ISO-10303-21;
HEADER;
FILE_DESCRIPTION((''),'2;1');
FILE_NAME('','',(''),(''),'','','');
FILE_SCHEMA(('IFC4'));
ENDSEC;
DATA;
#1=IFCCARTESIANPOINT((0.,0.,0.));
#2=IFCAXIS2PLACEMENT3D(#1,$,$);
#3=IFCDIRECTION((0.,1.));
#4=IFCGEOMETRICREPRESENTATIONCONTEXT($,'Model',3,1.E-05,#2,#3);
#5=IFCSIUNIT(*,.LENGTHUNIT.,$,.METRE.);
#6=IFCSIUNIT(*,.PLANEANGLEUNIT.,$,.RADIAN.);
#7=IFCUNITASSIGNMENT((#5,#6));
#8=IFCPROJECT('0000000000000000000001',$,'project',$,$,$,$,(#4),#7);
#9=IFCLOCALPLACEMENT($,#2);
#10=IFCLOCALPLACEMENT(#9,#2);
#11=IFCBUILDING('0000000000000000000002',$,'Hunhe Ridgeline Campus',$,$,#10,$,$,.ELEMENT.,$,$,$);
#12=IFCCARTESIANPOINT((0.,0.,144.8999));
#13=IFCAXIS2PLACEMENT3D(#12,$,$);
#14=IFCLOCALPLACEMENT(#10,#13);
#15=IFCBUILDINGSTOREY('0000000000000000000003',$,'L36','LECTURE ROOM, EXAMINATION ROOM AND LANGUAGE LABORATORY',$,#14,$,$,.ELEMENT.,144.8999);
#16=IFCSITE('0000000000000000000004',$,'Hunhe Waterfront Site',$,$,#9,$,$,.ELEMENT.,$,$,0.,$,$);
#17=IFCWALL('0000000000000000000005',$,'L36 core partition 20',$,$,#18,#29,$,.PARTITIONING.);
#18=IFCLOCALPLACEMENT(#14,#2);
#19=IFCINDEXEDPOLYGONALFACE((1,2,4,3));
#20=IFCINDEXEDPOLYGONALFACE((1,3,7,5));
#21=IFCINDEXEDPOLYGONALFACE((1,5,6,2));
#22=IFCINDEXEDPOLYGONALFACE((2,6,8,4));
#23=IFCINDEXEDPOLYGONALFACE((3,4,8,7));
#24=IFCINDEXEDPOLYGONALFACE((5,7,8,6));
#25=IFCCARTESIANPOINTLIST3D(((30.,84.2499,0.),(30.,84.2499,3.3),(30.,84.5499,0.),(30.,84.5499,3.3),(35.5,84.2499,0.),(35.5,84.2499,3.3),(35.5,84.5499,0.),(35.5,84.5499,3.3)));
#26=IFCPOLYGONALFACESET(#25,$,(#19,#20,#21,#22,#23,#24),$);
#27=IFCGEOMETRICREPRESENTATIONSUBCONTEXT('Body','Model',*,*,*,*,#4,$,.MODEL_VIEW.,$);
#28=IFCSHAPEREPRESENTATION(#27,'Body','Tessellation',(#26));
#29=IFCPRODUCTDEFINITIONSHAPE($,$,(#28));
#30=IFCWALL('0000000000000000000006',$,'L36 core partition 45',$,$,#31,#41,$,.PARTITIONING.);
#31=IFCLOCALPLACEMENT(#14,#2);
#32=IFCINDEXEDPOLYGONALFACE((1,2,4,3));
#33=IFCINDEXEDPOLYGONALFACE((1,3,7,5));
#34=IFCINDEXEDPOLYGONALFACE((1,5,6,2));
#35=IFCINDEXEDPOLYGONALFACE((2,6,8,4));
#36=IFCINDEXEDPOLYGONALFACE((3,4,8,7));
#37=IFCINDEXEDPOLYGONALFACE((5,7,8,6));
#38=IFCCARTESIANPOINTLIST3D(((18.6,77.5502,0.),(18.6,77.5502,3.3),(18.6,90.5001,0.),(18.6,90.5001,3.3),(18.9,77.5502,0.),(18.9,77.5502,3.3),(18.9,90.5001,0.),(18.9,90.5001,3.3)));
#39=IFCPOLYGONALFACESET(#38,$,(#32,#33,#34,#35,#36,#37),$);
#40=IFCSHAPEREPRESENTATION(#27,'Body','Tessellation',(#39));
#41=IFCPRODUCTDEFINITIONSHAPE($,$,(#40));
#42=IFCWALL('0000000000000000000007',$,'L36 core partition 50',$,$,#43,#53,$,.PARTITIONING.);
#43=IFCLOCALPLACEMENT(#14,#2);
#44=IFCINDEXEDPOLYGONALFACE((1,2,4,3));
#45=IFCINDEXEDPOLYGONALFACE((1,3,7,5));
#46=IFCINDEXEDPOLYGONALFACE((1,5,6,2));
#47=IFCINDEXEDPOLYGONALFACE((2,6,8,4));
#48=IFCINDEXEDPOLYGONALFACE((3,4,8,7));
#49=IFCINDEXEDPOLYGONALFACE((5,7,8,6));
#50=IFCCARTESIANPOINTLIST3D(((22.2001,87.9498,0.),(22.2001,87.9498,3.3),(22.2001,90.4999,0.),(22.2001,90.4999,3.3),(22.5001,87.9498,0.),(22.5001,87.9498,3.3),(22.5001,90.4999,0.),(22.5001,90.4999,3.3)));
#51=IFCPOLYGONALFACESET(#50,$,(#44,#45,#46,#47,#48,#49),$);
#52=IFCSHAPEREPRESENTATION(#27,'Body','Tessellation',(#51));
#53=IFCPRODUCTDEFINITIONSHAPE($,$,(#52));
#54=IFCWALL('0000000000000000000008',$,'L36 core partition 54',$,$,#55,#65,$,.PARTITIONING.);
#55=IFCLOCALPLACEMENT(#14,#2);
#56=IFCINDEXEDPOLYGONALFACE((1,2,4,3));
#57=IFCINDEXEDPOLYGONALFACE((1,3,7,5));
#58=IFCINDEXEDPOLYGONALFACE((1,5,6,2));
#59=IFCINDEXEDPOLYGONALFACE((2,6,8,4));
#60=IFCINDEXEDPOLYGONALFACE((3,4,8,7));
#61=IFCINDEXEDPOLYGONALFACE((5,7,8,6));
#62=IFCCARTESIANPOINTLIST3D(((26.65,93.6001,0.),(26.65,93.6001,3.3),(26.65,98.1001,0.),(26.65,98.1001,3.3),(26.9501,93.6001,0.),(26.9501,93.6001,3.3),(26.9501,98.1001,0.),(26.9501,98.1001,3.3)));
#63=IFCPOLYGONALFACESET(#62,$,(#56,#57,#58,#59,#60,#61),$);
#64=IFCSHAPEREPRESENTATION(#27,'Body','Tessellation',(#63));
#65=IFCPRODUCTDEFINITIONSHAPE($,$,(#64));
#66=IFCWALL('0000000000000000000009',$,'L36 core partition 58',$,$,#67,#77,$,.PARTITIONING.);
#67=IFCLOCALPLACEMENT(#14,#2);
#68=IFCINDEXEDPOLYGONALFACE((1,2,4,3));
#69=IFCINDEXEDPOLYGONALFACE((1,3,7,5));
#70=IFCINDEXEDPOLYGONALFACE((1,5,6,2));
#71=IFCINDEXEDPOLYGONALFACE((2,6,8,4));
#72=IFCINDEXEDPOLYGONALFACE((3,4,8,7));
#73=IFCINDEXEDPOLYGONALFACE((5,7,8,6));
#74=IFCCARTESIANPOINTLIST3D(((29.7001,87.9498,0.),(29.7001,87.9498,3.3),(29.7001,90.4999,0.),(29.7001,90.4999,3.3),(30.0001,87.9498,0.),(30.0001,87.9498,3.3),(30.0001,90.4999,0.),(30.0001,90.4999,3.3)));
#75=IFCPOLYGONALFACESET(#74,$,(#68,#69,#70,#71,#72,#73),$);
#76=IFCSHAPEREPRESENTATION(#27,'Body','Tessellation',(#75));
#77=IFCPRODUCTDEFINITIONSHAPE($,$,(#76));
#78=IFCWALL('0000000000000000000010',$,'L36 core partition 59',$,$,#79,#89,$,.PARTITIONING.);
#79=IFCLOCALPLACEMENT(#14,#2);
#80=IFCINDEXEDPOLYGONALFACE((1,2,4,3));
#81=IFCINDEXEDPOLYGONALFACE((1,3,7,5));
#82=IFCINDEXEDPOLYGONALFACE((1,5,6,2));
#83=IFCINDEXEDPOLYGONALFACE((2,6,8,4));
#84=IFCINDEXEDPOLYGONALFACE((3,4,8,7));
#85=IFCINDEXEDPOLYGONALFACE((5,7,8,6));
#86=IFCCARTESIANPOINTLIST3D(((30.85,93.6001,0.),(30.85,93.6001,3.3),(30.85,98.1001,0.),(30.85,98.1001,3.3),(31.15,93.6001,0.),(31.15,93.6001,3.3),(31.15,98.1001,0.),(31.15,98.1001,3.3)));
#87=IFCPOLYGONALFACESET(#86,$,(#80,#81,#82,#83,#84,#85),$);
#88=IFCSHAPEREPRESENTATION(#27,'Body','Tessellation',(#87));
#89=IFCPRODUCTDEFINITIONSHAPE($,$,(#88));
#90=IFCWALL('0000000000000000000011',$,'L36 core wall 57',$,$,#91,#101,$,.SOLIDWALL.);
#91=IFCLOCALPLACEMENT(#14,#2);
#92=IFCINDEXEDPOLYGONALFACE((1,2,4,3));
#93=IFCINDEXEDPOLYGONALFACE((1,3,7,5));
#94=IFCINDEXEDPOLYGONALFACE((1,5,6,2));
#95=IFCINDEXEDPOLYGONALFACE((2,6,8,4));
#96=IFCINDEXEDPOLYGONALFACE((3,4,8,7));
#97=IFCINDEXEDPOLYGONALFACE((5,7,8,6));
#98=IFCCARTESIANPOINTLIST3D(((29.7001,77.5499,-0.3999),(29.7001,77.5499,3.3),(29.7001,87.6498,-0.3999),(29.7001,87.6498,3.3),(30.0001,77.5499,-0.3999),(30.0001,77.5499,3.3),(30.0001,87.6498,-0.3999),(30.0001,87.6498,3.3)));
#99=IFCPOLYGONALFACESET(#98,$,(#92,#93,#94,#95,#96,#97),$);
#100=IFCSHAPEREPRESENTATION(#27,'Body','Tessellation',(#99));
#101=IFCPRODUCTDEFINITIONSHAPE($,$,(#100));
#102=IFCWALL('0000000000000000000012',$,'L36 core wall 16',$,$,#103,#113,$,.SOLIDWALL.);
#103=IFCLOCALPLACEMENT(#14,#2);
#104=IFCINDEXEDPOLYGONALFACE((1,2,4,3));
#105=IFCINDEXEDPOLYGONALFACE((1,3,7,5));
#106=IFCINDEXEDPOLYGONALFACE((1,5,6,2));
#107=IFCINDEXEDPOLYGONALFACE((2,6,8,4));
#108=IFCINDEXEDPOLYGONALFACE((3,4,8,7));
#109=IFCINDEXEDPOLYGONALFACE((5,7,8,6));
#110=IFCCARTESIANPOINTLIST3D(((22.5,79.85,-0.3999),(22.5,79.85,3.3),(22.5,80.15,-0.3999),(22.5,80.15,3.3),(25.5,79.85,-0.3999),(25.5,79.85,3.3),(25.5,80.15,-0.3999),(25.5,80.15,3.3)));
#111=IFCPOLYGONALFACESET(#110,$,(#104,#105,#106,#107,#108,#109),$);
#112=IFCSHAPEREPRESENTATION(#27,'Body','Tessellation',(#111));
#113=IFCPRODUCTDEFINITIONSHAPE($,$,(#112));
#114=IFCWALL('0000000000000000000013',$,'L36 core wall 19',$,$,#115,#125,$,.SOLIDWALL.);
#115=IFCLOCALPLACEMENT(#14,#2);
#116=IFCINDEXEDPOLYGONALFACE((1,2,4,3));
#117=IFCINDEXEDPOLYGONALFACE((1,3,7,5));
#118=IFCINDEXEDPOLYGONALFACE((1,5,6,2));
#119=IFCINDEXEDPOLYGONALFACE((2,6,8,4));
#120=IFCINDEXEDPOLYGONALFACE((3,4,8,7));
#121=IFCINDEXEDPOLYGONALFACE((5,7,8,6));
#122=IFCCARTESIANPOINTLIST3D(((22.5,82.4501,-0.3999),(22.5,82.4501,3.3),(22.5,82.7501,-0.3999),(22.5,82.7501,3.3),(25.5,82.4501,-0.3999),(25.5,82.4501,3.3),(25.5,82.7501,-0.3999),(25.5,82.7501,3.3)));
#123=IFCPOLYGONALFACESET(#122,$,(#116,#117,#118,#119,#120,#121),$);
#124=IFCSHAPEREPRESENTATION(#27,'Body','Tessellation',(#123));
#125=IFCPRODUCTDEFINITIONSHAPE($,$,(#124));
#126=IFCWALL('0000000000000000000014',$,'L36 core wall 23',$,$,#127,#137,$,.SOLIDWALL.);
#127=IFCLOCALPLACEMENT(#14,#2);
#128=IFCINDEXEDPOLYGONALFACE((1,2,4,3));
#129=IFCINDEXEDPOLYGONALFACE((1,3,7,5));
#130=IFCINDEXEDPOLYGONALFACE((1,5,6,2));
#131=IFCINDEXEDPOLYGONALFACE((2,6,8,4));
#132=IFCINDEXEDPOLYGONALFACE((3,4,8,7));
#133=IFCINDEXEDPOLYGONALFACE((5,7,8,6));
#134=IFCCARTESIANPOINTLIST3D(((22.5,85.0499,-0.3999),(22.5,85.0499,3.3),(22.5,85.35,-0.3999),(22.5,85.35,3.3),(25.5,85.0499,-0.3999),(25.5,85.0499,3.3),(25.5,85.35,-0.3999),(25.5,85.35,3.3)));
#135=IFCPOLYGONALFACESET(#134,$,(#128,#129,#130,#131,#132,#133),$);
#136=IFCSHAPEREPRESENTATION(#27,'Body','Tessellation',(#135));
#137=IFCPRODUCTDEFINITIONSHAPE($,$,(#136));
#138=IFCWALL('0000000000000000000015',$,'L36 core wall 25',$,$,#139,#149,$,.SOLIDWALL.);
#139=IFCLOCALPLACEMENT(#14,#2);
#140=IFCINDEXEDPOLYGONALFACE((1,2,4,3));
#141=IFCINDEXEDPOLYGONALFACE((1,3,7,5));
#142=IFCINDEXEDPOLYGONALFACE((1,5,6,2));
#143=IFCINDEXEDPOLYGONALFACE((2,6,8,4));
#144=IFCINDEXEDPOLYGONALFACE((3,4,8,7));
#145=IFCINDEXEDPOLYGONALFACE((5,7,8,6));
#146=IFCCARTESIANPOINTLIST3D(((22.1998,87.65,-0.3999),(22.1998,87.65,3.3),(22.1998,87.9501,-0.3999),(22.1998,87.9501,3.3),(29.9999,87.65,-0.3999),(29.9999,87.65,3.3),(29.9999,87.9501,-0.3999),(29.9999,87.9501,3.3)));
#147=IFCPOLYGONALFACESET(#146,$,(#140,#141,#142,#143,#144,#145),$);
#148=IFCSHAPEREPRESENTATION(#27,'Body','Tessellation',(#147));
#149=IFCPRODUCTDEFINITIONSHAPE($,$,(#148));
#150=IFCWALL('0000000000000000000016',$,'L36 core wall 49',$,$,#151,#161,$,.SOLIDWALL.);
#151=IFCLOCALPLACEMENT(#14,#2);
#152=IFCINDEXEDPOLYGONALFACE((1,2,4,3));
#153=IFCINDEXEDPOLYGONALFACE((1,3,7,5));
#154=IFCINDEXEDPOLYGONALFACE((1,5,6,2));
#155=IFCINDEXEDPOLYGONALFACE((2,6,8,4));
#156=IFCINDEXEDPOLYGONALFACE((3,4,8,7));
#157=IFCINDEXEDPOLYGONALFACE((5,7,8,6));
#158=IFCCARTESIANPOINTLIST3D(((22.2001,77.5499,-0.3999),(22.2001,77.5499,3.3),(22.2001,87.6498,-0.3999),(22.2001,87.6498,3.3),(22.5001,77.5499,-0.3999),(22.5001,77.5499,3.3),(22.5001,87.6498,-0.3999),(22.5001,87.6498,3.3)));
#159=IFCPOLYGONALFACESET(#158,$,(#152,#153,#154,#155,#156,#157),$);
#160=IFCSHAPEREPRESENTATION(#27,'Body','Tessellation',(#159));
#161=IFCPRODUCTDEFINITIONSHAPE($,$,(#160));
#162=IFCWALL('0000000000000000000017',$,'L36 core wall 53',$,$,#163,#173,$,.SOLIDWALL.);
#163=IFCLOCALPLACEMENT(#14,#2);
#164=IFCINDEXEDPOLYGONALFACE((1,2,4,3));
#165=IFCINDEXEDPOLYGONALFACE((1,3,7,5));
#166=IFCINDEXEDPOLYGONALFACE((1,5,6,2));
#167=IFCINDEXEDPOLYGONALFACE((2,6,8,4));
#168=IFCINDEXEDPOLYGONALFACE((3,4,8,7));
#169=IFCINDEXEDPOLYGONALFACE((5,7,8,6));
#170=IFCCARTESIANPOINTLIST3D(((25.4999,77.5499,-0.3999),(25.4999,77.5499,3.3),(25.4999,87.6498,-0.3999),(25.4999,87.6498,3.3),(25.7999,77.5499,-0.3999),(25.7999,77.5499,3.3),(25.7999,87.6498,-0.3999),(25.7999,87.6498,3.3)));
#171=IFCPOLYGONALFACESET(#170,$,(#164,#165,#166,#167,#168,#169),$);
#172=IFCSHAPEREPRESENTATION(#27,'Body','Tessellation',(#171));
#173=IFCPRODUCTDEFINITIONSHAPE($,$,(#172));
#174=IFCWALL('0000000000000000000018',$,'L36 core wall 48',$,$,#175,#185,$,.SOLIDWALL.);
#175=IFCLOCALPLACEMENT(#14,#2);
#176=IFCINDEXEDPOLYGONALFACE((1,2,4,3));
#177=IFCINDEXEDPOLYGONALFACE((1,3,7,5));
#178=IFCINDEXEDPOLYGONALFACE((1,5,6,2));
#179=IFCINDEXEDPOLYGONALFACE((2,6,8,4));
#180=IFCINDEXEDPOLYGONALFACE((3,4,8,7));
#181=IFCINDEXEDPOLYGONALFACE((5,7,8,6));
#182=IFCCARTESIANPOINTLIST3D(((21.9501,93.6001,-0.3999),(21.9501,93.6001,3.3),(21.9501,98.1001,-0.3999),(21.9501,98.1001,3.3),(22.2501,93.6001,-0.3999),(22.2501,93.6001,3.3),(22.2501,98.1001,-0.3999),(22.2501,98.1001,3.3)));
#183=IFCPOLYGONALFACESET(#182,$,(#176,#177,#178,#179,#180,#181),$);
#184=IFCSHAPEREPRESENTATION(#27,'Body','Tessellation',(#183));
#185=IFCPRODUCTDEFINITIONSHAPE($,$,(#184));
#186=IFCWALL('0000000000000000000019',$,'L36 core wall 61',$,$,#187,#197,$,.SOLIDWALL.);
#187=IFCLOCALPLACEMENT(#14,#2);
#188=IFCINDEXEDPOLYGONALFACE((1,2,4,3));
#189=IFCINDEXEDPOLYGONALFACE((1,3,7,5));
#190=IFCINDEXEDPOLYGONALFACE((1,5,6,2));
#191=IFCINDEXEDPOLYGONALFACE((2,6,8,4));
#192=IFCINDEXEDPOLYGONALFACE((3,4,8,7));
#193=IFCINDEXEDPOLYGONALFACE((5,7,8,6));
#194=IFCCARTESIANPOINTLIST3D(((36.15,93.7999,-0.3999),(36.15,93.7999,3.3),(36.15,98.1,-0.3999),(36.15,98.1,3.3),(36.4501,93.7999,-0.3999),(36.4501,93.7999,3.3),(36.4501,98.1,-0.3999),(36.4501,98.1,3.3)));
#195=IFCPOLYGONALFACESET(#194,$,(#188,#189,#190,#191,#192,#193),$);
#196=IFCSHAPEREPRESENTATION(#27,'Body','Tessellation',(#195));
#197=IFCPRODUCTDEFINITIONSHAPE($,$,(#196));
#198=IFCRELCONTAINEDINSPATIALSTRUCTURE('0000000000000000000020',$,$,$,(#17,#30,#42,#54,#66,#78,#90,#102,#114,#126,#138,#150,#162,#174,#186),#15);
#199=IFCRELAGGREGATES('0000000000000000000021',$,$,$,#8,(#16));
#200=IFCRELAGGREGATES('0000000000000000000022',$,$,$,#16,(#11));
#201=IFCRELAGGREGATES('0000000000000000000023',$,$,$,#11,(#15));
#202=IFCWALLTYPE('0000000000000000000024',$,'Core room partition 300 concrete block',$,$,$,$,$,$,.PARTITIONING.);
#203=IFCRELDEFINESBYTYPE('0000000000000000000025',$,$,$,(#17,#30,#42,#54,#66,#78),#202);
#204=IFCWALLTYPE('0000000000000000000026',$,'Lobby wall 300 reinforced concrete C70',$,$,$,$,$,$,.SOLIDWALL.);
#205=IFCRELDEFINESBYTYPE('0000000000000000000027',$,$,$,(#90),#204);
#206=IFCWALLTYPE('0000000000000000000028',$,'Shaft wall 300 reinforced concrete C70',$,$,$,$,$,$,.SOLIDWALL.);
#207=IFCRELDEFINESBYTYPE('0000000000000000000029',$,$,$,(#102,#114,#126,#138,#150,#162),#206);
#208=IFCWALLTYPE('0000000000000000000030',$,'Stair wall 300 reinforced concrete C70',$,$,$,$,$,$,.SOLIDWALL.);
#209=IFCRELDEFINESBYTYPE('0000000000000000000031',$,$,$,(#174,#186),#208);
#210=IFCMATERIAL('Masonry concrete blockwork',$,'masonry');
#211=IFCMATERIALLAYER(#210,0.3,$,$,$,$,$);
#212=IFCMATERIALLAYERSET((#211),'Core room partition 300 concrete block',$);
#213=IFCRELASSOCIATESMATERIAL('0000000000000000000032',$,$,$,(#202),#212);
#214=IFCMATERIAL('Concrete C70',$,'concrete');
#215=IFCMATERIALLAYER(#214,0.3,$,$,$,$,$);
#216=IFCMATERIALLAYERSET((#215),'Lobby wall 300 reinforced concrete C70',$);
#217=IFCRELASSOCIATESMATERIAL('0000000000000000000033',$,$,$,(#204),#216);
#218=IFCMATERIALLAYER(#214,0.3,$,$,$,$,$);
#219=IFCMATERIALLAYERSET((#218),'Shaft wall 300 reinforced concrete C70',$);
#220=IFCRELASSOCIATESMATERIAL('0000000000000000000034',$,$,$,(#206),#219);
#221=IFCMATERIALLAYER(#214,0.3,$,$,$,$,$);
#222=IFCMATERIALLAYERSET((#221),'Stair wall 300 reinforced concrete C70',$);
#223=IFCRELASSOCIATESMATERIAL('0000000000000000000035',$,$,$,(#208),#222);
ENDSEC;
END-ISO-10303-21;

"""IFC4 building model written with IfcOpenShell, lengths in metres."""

from ifc_helpers import new_model, si_unit, direction, frame, frame_2d, origin, place, context, subcontext, project, spatial, rectangle, extrude, material, layer, layer_set, type_object, element, save


model = new_model("IFC4")

# Units and contexts
model_context = context("Model", 3, precision=1e-05, world=origin(), true_north=direction((0.0, 1.0)))
body_context = subcontext(model_context, "Body", "Model", "MODEL_VIEW")
ifc_project = project(units=[si_unit("LENGTHUNIT", "METRE"), si_unit("PLANEANGLEUNIT", "RADIAN")], contexts=[model_context])

# Site, building, storey
site_placement = place(None, origin())
site = spatial("IfcSite", under=ifc_project, at=site_placement, Name="Hunhe Waterfront Site", CompositionType="ELEMENT", RefElevation=0.0)
building_placement = place(site_placement, origin())
building = spatial("IfcBuilding", under=site, at=building_placement, Name="Hunhe Ridgeline Campus", CompositionType="ELEMENT")
storey_placement = place(building_placement, frame((0.0, 0.0, 144.8999)))
storey = spatial("IfcBuildingStorey", under=building, at=storey_placement, Name="L36", Description="LECTURE ROOM, EXAMINATION ROOM AND LANGUAGE LABORATORY", CompositionType="ELEMENT", Elevation=144.8999)

# Shared definitions
ifc_material_1 = material(Name="Masonry concrete blockwork", Category="masonry")
ifc_layer_1 = layer(ifc_material_1, 0.3)
ifc_layer_set_1 = layer_set([ifc_layer_1], Name="Core room partition 300 concrete block")
wall_type_1 = type_object("IfcWallType", Name="Core room partition 300 concrete block", PredefinedType="PARTITIONING", material=ifc_layer_set_1)

# Walls
wall_1_placement = place(storey_placement, frame((30.0, 84.3999, 0.0), z_axis=(0.0, 0.0, 1.0), x_axis=(1.0, 0.0, 0.0)))
element("IfcWall", 1, at=wall_1_placement, inside=storey, type_object=wall_type_1, Name="L36 core partition 20", PredefinedType="PARTITIONING", context=body_context, shape_type="SweptSolid", body=[
    extrude(rectangle(XDim=5.5, YDim=0.3, at=frame_2d((2.75, 0.0))), origin(), (0.0, 0.0, 1.0), 3.3),
])
wall_2_placement = place(storey_placement, frame((18.75, 77.55, 0.0), z_axis=(0.0, 0.0, 1.0), x_axis=(0.0, 1.0, 0.0)))
element("IfcWall", 2, at=wall_2_placement, inside=storey, type_object=wall_type_1, Name="L36 core partition 45", PredefinedType="PARTITIONING", context=body_context, shape_type="SweptSolid", body=[
    extrude(rectangle(XDim=12.95, YDim=0.3, at=frame_2d((6.4751, 0.0))), origin(), (0.0, 0.0, 1.0), 3.3),
])
wall_3_placement = place(storey_placement, frame((22.3501, 87.95, 0.0), z_axis=(0.0, 0.0, 1.0), x_axis=(0.0, 1.0, 0.0)))
element("IfcWall", 3, at=wall_3_placement, inside=storey, type_object=wall_type_1, Name="L36 core partition 50", PredefinedType="PARTITIONING", context=body_context, shape_type="SweptSolid", body=[
    extrude(rectangle(XDim=2.55, YDim=0.3, at=frame_2d((1.2749, 0.0))), origin(), (0.0, 0.0, 1.0), 3.3),
])
wall_4_placement = place(storey_placement, frame((26.8, 93.6001, 0.0), z_axis=(0.0, 0.0, 1.0), x_axis=(0.0, 1.0, 0.0)))
element("IfcWall", 4, at=wall_4_placement, inside=storey, type_object=wall_type_1, Name="L36 core partition 54", PredefinedType="PARTITIONING", context=body_context, shape_type="SweptSolid", body=[
    extrude(rectangle(XDim=4.5, YDim=0.3, at=frame_2d((2.25, 0.0))), origin(), (0.0, 0.0, 1.0), 3.3),
])
wall_5_placement = place(storey_placement, frame((29.8501, 87.95, 0.0), z_axis=(0.0, 0.0, 1.0), x_axis=(0.0, 1.0, 0.0)))
element("IfcWall", 5, at=wall_5_placement, inside=storey, type_object=wall_type_1, Name="L36 core partition 58", PredefinedType="PARTITIONING", context=body_context, shape_type="SweptSolid", body=[
    extrude(rectangle(XDim=2.55, YDim=0.3, at=frame_2d((1.2749, 0.0))), origin(), (0.0, 0.0, 1.0), 3.3),
])
wall_6_placement = place(storey_placement, frame((31.0, 93.6001, 0.0), z_axis=(0.0, 0.0, 1.0), x_axis=(0.0, 1.0, 0.0)))
element("IfcWall", 6, at=wall_6_placement, inside=storey, type_object=wall_type_1, Name="L36 core partition 59", PredefinedType="PARTITIONING", context=body_context, shape_type="SweptSolid", body=[
    extrude(rectangle(XDim=4.5, YDim=0.3, at=frame_2d((2.25, 0.0))), origin(), (0.0, 0.0, 1.0), 3.3),
])

# Walls
ifc_material_2 = material(Name="Concrete C70", Category="concrete")
ifc_layer_2 = layer(ifc_material_2, 0.3)
ifc_layer_set_2 = layer_set([ifc_layer_2], Name="Lobby wall 300 reinforced concrete C70")
wall_type_2 = type_object("IfcWallType", Name="Lobby wall 300 reinforced concrete C70", PredefinedType="SOLIDWALL", material=ifc_layer_set_2)
wall_7_placement = place(storey_placement, frame((29.8501, 77.55, -0.3999), z_axis=(0.0, 0.0, 1.0), x_axis=(0.0, 1.0, 0.0)))
element("IfcWall", 7, at=wall_7_placement, inside=storey, type_object=wall_type_2, Name="L36 core wall 57", PredefinedType="SOLIDWALL", context=body_context, shape_type="SweptSolid", body=[
    extrude(rectangle(XDim=10.0999, YDim=0.3, at=frame_2d((5.0498, 0.0))), origin(), (0.0, 0.0, 1.0), 3.7),
])
ifc_layer_3 = layer(ifc_material_2, 0.3)
ifc_layer_set_3 = layer_set([ifc_layer_3], Name="Shaft wall 300 reinforced concrete C70")
wall_type_3 = type_object("IfcWallType", Name="Shaft wall 300 reinforced concrete C70", PredefinedType="SOLIDWALL", material=ifc_layer_set_3)
for number, where, z_axis, x_axis, name in (
    (8, (22.5, 80.0, -0.3999), (0.0, 0.0, 1.0), (1.0, 0.0, 0.0), "L36 core wall 16"),
    (9, (22.5, 82.6001, -0.3999), (0.0, 0.0, 1.0), (1.0, 0.0, 0.0), "L36 core wall 19"),
    (10, (22.5, 85.2, -0.3999), (0.0, 0.0, 1.0), (1.0, 0.0, 0.0), "L36 core wall 23"),
):
    element("IfcWall", number, at=place(storey_placement, frame(where, z_axis=z_axis, x_axis=x_axis)), inside=storey, type_object=wall_type_3, Name=name, PredefinedType="SOLIDWALL", context=body_context, shape_type="SweptSolid", body=[
        extrude(rectangle(XDim=3.0, YDim=0.3, at=frame_2d((1.5, 0.0))), origin(), (0.0, 0.0, 1.0), 3.7),
    ])
wall_8_placement = place(storey_placement, frame((22.2, 87.8, -0.3999), z_axis=(0.0, 0.0, 1.0), x_axis=(1.0, 0.0, 0.0)))
element("IfcWall", 11, at=wall_8_placement, inside=storey, type_object=wall_type_3, Name="L36 core wall 25", PredefinedType="SOLIDWALL", context=body_context, shape_type="SweptSolid", body=[
    extrude(rectangle(XDim=7.8, YDim=0.3, at=frame_2d((3.8999, 0.0))), origin(), (0.0, 0.0, 1.0), 3.7),
])
for number, where, z_axis, x_axis, name in (
    (12, (22.3501, 77.55, -0.3999), (0.0, 0.0, 1.0), (0.0, 1.0, 0.0), "L36 core wall 49"),
    (13, (25.6499, 77.55, -0.3999), (0.0, 0.0, 1.0), (0.0, 1.0, 0.0), "L36 core wall 53"),
):
    element("IfcWall", number, at=place(storey_placement, frame(where, z_axis=z_axis, x_axis=x_axis)), inside=storey, type_object=wall_type_3, Name=name, PredefinedType="SOLIDWALL", context=body_context, shape_type="SweptSolid", body=[
        extrude(rectangle(XDim=10.0999, YDim=0.3, at=frame_2d((5.0498, 0.0))), origin(), (0.0, 0.0, 1.0), 3.7),
    ])

# Shared definitions
ifc_layer_4 = layer(ifc_material_2, 0.3)
ifc_layer_set_4 = layer_set([ifc_layer_4], Name="Stair wall 300 reinforced concrete C70")
wall_type_4 = type_object("IfcWallType", Name="Stair wall 300 reinforced concrete C70", PredefinedType="SOLIDWALL", material=ifc_layer_set_4)

# Walls
wall_9_placement = place(storey_placement, frame((22.1001, 93.6001, -0.3999), z_axis=(0.0, 0.0, 1.0), x_axis=(0.0, 1.0, 0.0)))
element("IfcWall", 14, at=wall_9_placement, inside=storey, type_object=wall_type_4, Name="L36 core wall 48", PredefinedType="SOLIDWALL", context=body_context, shape_type="SweptSolid", body=[
    extrude(rectangle(XDim=4.5, YDim=0.3, at=frame_2d((2.25, 0.0))), origin(), (0.0, 0.0, 1.0), 3.7),
])
wall_10_placement = place(storey_placement, frame((36.3, 93.8, -0.3999), z_axis=(0.0, 0.0, 1.0), x_axis=(0.0, 1.0, 0.0)))
element("IfcWall", 15, at=wall_10_placement, inside=storey, type_object=wall_type_4, Name="L36 core wall 61", PredefinedType="SOLIDWALL", context=body_context, shape_type="SweptSolid", body=[
    extrude(rectangle(XDim=4.3, YDim=0.3, at=frame_2d((2.1499, 0.0))), origin(), (0.0, 0.0, 1.0), 3.7),
])

save(model, "model.ifc")
